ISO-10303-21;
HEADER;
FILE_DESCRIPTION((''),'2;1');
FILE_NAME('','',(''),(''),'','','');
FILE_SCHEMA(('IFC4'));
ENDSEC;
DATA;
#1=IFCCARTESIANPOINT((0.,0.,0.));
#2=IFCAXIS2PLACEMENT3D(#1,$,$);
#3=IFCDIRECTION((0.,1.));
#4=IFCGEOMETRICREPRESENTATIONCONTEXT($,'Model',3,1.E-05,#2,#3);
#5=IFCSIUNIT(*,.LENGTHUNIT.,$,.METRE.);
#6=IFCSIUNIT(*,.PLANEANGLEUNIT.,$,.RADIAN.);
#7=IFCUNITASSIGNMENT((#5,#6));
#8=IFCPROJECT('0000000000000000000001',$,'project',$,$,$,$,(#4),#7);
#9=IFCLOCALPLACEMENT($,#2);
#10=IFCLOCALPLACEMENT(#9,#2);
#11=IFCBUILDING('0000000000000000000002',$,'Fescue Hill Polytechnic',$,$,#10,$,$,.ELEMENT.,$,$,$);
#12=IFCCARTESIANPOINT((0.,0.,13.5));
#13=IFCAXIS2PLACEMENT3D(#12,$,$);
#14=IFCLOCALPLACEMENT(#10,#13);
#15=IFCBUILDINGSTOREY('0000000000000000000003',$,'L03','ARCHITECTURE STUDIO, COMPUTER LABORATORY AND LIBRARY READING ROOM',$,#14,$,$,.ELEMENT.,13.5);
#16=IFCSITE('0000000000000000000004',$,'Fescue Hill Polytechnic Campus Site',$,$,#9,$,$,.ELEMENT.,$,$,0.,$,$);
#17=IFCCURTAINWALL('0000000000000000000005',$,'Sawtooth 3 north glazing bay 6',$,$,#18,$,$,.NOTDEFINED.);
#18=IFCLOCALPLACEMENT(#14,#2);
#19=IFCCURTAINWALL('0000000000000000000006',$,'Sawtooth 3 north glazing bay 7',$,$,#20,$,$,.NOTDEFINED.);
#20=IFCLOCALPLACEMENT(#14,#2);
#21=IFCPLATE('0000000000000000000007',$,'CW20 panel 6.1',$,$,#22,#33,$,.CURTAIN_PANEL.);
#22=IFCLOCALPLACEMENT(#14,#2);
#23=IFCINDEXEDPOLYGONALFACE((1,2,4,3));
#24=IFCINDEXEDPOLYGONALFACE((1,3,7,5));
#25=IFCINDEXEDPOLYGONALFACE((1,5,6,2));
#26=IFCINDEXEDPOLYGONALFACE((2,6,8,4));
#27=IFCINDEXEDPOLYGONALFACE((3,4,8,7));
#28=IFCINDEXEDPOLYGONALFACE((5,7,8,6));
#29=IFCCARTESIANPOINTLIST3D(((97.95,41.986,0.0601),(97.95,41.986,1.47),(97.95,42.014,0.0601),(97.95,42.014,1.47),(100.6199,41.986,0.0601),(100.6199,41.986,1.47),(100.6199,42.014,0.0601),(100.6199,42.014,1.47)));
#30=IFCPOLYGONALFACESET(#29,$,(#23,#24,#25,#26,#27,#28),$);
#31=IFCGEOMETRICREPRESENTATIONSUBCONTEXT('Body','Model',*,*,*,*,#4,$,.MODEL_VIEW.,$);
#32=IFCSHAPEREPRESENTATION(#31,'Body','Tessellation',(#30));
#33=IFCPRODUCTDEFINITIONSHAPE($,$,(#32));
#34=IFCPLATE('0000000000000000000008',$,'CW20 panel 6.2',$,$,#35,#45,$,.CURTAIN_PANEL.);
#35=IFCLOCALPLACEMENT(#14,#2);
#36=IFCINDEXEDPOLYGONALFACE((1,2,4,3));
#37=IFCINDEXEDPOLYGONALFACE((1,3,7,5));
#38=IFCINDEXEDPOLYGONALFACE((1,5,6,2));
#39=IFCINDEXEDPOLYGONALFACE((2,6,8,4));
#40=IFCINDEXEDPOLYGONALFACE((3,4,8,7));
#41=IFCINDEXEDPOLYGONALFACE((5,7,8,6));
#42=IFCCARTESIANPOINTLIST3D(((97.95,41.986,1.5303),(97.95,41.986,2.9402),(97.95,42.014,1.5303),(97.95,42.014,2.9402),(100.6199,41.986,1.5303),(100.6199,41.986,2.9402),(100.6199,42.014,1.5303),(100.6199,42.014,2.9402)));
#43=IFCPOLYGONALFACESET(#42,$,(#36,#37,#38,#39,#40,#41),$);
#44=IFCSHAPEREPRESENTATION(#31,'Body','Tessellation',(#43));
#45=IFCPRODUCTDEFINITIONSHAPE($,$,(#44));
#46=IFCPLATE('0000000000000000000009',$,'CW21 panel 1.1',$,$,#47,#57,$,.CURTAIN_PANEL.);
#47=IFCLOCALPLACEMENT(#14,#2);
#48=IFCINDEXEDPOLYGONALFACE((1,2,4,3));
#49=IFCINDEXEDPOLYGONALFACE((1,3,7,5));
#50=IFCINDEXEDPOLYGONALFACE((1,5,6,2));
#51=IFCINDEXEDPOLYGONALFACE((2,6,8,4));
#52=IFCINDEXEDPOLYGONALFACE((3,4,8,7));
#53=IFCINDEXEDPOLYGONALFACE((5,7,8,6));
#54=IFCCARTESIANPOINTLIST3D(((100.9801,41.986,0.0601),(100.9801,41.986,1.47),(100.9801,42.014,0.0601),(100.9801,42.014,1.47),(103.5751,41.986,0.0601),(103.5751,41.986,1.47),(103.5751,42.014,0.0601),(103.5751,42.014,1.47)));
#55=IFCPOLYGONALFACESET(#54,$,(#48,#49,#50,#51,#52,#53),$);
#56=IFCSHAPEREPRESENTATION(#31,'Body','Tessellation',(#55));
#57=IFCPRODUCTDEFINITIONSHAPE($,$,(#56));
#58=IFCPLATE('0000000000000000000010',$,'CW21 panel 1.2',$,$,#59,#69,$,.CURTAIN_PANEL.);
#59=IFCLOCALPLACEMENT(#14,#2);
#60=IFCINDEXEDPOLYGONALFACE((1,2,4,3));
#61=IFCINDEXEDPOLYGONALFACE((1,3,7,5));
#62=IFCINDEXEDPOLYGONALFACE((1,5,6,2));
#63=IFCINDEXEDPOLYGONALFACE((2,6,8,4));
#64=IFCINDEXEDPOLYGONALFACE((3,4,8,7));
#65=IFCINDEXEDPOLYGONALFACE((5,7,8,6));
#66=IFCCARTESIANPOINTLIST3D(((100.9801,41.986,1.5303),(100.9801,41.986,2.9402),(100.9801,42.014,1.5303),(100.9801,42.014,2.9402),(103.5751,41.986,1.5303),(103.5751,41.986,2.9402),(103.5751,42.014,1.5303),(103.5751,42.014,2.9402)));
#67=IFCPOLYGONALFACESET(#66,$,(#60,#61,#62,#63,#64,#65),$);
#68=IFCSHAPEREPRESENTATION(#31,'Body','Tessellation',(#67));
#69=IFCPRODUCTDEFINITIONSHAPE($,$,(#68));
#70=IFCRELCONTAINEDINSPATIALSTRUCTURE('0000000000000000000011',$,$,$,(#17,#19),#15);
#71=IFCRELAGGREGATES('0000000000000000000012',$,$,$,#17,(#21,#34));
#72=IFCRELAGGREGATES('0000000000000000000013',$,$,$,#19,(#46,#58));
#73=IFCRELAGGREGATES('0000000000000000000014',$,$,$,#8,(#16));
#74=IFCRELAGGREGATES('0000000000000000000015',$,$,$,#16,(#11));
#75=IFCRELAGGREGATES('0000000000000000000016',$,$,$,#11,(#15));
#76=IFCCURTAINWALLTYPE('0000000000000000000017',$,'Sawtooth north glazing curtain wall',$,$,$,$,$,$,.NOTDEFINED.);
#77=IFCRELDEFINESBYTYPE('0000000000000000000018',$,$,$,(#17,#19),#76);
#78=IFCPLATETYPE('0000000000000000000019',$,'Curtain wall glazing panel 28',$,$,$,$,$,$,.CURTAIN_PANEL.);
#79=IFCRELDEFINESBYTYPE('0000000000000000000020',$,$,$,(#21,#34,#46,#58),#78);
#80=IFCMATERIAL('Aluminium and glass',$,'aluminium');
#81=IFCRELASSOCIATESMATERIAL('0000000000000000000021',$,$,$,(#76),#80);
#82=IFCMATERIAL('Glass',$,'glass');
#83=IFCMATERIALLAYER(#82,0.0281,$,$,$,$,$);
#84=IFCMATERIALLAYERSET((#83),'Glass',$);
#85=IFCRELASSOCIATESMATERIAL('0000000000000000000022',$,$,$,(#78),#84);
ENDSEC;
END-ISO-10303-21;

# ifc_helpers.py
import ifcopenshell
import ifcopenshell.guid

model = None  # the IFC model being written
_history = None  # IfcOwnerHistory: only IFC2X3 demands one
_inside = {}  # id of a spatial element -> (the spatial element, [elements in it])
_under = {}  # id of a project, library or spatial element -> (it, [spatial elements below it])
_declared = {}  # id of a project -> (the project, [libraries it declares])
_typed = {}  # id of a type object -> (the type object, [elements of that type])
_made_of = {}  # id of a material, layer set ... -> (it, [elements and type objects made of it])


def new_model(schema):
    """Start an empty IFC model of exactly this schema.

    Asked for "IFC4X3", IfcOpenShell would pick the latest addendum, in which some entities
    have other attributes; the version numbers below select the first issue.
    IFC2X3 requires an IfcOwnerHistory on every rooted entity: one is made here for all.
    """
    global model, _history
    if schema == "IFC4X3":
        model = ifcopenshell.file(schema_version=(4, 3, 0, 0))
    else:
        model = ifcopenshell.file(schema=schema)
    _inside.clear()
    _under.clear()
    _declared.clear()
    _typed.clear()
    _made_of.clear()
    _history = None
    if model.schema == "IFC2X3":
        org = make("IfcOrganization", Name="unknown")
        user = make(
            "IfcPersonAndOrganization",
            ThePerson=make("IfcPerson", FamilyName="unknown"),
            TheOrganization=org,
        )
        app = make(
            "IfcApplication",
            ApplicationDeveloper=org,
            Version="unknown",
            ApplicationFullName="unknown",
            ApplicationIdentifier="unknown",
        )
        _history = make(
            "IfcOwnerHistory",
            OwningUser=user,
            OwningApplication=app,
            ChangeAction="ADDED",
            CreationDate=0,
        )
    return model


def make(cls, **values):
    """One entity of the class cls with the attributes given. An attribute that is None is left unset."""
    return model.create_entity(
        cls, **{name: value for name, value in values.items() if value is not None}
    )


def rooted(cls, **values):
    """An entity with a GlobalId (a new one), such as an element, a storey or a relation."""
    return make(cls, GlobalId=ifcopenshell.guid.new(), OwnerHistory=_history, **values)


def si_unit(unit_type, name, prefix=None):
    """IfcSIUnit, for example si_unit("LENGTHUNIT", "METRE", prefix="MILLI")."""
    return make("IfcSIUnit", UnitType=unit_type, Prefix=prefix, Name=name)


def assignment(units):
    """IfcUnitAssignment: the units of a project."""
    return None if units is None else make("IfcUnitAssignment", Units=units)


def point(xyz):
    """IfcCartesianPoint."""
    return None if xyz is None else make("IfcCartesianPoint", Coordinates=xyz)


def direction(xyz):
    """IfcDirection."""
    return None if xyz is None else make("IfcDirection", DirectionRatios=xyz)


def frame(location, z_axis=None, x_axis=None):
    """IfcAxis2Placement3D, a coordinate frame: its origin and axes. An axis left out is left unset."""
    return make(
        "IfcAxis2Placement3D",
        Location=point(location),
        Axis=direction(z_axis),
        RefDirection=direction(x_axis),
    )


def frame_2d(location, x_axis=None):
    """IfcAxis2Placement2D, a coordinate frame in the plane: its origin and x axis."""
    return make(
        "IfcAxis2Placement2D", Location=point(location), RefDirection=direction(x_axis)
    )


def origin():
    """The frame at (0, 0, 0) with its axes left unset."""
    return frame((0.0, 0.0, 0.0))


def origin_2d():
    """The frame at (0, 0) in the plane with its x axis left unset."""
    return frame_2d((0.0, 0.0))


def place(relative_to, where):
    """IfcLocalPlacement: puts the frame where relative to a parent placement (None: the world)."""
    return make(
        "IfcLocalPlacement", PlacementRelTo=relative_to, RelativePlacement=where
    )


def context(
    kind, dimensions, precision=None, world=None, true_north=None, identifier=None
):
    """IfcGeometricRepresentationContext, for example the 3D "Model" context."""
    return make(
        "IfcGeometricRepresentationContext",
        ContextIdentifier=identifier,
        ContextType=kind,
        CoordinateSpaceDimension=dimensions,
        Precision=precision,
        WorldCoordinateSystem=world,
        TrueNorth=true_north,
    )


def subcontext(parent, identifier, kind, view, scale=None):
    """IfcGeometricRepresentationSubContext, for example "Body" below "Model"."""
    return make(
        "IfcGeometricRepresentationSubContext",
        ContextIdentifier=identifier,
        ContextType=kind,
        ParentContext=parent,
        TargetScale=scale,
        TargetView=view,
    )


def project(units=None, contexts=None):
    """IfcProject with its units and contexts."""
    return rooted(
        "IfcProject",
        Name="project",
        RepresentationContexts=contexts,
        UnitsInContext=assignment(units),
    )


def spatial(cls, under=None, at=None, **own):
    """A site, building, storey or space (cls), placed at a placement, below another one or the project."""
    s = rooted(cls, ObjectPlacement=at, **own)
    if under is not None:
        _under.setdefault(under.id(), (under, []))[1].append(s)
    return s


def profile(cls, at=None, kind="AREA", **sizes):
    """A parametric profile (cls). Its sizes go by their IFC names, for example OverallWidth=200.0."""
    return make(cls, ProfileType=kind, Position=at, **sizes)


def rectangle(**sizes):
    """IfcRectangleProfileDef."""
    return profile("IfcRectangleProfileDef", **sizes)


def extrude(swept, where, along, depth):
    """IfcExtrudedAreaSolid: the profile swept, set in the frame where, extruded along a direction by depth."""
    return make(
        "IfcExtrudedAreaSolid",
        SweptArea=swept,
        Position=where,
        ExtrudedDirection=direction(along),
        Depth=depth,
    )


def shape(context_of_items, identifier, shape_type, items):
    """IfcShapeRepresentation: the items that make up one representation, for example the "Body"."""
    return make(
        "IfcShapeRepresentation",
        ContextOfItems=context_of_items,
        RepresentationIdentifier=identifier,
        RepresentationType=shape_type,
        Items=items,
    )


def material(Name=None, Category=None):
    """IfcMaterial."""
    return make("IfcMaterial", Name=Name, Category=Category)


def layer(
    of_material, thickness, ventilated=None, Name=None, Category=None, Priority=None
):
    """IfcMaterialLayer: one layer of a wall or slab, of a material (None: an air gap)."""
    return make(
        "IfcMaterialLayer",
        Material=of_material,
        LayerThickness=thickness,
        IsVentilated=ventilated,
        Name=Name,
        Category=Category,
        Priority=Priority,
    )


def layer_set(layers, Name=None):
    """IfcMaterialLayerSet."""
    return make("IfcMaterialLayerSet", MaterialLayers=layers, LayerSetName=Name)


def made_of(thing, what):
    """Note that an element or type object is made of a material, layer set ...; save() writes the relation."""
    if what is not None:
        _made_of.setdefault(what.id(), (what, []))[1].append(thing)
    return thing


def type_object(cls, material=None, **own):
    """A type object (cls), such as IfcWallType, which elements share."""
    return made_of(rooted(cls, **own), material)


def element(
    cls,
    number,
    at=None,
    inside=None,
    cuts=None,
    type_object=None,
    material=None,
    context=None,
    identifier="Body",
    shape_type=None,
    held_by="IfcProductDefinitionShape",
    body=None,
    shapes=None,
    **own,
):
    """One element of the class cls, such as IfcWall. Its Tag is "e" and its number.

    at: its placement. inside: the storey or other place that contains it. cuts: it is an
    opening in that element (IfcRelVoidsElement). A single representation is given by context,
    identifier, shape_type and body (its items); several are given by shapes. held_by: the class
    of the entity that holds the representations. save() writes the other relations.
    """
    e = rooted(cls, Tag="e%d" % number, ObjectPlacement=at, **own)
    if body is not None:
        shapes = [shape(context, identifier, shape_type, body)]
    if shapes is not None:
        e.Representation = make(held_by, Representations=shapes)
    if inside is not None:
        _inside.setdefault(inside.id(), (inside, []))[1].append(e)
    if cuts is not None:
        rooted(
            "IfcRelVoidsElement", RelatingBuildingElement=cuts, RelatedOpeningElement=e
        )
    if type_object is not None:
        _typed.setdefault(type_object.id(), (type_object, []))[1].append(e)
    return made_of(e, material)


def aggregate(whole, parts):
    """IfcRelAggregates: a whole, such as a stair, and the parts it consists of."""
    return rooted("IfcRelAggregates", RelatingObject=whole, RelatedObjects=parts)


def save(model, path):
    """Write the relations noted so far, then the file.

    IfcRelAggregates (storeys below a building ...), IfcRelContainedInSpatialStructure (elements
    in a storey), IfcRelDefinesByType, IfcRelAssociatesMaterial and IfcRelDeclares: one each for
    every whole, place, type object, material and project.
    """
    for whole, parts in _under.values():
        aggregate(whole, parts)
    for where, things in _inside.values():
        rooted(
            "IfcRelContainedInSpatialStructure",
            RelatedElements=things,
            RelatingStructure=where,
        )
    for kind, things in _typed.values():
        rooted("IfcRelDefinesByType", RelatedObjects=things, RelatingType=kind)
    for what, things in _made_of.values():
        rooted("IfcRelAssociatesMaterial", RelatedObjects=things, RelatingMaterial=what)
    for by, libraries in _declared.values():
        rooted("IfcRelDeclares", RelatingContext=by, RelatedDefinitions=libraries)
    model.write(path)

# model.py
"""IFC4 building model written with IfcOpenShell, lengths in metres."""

from ifc_helpers import new_model, si_unit, direction, frame, origin, origin_2d, place, context, subcontext, project, spatial, rectangle, extrude, material, layer, layer_set, type_object, element, aggregate, save


model = new_model("IFC4")

# Units and contexts
model_context = context("Model", 3, precision=1e-05, world=origin(), true_north=direction((0.0, 1.0)))
body_context = subcontext(model_context, "Body", "Model", "MODEL_VIEW")
ifc_project = project(units=[si_unit("LENGTHUNIT", "METRE"), si_unit("PLANEANGLEUNIT", "RADIAN")], contexts=[model_context])

# Site, building, storey
site_placement = place(None, origin())
site = spatial("IfcSite", under=ifc_project, at=site_placement, Name="Fescue Hill Polytechnic Campus Site", CompositionType="ELEMENT", RefElevation=0.0)
building_placement = place(site_placement, origin())
building = spatial("IfcBuilding", under=site, at=building_placement, Name="Fescue Hill Polytechnic", CompositionType="ELEMENT")
storey_placement = place(building_placement, frame((0.0, 0.0, 13.5)))
storey = spatial("IfcBuildingStorey", under=building, at=storey_placement, Name="L03", Description="ARCHITECTURE STUDIO, COMPUTER LABORATORY AND LIBRARY READING ROOM", CompositionType="ELEMENT", Elevation=13.5)

# Curtain walls
ifc_material_1 = material(Name="Aluminium and glass", Category="aluminium")
curtain_wall_type = type_object("IfcCurtainWallType", Name="Sawtooth north glazing curtain wall", PredefinedType="NOTDEFINED", material=ifc_material_1)
curtain_wall_1_placement = place(storey_placement, origin())
curtain_wall_1 = element("IfcCurtainWall", 1, at=curtain_wall_1_placement, inside=storey, type_object=curtain_wall_type, Name="Sawtooth 3 north glazing bay 6", PredefinedType="NOTDEFINED")
curtain_wall_2_placement = place(storey_placement, origin())
curtain_wall_2 = element("IfcCurtainWall", 2, at=curtain_wall_2_placement, inside=storey, type_object=curtain_wall_type, Name="Sawtooth 3 north glazing bay 7", PredefinedType="NOTDEFINED")

# Plates
ifc_material_2 = material(Name="Glass", Category="glass")
ifc_layer = layer(ifc_material_2, 0.0281)
ifc_layer_set = layer_set([ifc_layer], Name="Glass")
plate_type = type_object("IfcPlateType", Name="Curtain wall glazing panel 28", PredefinedType="CURTAIN_PANEL", material=ifc_layer_set)
plate_1_placement = place(storey_placement, frame((99.2849, 42.0, 0.0601), z_axis=(0.0, 0.0, 1.0), x_axis=(1.0, 0.0, 0.0)))
plate_1 = element("IfcPlate", 3, at=plate_1_placement, type_object=plate_type, Name="CW20 panel 6.1", PredefinedType="CURTAIN_PANEL", context=body_context, shape_type="SweptSolid", body=[
    extrude(rectangle(XDim=2.6699, YDim=0.0281, at=origin_2d()), origin(), (0.0, 0.0, 1.0), 1.4099),
])
plate_2_placement = place(storey_placement, frame((99.2849, 42.0, 1.5303), z_axis=(0.0, 0.0, 1.0), x_axis=(1.0, 0.0, 0.0)))
plate_2 = element("IfcPlate", 4, at=plate_2_placement, type_object=plate_type, Name="CW20 panel 6.2", PredefinedType="CURTAIN_PANEL", context=body_context, shape_type="SweptSolid", body=[
    extrude(rectangle(XDim=2.6699, YDim=0.0281, at=origin_2d()), origin(), (0.0, 0.0, 1.0), 1.4099),
])
aggregate(curtain_wall_1, [plate_1, plate_2])
plate_3_placement = place(storey_placement, frame((102.2776, 42.0, 0.0601), z_axis=(0.0, 0.0, 1.0), x_axis=(1.0, 0.0, 0.0)))
plate_3 = element("IfcPlate", 5, at=plate_3_placement, type_object=plate_type, Name="CW21 panel 1.1", PredefinedType="CURTAIN_PANEL", context=body_context, shape_type="SweptSolid", body=[
    extrude(rectangle(XDim=2.595, YDim=0.0281, at=origin_2d()), origin(), (0.0, 0.0, 1.0), 1.4099),
])
plate_4_placement = place(storey_placement, frame((102.2776, 42.0, 1.5303), z_axis=(0.0, 0.0, 1.0), x_axis=(1.0, 0.0, 0.0)))
plate_4 = element("IfcPlate", 6, at=plate_4_placement, type_object=plate_type, Name="CW21 panel 1.2", PredefinedType="CURTAIN_PANEL", context=body_context, shape_type="SweptSolid", body=[
    extrude(rectangle(XDim=2.595, YDim=0.0281, at=origin_2d()), origin(), (0.0, 0.0, 1.0), 1.4099),
])
aggregate(curtain_wall_2, [plate_3, plate_4])

save(model, "model.ifc")
